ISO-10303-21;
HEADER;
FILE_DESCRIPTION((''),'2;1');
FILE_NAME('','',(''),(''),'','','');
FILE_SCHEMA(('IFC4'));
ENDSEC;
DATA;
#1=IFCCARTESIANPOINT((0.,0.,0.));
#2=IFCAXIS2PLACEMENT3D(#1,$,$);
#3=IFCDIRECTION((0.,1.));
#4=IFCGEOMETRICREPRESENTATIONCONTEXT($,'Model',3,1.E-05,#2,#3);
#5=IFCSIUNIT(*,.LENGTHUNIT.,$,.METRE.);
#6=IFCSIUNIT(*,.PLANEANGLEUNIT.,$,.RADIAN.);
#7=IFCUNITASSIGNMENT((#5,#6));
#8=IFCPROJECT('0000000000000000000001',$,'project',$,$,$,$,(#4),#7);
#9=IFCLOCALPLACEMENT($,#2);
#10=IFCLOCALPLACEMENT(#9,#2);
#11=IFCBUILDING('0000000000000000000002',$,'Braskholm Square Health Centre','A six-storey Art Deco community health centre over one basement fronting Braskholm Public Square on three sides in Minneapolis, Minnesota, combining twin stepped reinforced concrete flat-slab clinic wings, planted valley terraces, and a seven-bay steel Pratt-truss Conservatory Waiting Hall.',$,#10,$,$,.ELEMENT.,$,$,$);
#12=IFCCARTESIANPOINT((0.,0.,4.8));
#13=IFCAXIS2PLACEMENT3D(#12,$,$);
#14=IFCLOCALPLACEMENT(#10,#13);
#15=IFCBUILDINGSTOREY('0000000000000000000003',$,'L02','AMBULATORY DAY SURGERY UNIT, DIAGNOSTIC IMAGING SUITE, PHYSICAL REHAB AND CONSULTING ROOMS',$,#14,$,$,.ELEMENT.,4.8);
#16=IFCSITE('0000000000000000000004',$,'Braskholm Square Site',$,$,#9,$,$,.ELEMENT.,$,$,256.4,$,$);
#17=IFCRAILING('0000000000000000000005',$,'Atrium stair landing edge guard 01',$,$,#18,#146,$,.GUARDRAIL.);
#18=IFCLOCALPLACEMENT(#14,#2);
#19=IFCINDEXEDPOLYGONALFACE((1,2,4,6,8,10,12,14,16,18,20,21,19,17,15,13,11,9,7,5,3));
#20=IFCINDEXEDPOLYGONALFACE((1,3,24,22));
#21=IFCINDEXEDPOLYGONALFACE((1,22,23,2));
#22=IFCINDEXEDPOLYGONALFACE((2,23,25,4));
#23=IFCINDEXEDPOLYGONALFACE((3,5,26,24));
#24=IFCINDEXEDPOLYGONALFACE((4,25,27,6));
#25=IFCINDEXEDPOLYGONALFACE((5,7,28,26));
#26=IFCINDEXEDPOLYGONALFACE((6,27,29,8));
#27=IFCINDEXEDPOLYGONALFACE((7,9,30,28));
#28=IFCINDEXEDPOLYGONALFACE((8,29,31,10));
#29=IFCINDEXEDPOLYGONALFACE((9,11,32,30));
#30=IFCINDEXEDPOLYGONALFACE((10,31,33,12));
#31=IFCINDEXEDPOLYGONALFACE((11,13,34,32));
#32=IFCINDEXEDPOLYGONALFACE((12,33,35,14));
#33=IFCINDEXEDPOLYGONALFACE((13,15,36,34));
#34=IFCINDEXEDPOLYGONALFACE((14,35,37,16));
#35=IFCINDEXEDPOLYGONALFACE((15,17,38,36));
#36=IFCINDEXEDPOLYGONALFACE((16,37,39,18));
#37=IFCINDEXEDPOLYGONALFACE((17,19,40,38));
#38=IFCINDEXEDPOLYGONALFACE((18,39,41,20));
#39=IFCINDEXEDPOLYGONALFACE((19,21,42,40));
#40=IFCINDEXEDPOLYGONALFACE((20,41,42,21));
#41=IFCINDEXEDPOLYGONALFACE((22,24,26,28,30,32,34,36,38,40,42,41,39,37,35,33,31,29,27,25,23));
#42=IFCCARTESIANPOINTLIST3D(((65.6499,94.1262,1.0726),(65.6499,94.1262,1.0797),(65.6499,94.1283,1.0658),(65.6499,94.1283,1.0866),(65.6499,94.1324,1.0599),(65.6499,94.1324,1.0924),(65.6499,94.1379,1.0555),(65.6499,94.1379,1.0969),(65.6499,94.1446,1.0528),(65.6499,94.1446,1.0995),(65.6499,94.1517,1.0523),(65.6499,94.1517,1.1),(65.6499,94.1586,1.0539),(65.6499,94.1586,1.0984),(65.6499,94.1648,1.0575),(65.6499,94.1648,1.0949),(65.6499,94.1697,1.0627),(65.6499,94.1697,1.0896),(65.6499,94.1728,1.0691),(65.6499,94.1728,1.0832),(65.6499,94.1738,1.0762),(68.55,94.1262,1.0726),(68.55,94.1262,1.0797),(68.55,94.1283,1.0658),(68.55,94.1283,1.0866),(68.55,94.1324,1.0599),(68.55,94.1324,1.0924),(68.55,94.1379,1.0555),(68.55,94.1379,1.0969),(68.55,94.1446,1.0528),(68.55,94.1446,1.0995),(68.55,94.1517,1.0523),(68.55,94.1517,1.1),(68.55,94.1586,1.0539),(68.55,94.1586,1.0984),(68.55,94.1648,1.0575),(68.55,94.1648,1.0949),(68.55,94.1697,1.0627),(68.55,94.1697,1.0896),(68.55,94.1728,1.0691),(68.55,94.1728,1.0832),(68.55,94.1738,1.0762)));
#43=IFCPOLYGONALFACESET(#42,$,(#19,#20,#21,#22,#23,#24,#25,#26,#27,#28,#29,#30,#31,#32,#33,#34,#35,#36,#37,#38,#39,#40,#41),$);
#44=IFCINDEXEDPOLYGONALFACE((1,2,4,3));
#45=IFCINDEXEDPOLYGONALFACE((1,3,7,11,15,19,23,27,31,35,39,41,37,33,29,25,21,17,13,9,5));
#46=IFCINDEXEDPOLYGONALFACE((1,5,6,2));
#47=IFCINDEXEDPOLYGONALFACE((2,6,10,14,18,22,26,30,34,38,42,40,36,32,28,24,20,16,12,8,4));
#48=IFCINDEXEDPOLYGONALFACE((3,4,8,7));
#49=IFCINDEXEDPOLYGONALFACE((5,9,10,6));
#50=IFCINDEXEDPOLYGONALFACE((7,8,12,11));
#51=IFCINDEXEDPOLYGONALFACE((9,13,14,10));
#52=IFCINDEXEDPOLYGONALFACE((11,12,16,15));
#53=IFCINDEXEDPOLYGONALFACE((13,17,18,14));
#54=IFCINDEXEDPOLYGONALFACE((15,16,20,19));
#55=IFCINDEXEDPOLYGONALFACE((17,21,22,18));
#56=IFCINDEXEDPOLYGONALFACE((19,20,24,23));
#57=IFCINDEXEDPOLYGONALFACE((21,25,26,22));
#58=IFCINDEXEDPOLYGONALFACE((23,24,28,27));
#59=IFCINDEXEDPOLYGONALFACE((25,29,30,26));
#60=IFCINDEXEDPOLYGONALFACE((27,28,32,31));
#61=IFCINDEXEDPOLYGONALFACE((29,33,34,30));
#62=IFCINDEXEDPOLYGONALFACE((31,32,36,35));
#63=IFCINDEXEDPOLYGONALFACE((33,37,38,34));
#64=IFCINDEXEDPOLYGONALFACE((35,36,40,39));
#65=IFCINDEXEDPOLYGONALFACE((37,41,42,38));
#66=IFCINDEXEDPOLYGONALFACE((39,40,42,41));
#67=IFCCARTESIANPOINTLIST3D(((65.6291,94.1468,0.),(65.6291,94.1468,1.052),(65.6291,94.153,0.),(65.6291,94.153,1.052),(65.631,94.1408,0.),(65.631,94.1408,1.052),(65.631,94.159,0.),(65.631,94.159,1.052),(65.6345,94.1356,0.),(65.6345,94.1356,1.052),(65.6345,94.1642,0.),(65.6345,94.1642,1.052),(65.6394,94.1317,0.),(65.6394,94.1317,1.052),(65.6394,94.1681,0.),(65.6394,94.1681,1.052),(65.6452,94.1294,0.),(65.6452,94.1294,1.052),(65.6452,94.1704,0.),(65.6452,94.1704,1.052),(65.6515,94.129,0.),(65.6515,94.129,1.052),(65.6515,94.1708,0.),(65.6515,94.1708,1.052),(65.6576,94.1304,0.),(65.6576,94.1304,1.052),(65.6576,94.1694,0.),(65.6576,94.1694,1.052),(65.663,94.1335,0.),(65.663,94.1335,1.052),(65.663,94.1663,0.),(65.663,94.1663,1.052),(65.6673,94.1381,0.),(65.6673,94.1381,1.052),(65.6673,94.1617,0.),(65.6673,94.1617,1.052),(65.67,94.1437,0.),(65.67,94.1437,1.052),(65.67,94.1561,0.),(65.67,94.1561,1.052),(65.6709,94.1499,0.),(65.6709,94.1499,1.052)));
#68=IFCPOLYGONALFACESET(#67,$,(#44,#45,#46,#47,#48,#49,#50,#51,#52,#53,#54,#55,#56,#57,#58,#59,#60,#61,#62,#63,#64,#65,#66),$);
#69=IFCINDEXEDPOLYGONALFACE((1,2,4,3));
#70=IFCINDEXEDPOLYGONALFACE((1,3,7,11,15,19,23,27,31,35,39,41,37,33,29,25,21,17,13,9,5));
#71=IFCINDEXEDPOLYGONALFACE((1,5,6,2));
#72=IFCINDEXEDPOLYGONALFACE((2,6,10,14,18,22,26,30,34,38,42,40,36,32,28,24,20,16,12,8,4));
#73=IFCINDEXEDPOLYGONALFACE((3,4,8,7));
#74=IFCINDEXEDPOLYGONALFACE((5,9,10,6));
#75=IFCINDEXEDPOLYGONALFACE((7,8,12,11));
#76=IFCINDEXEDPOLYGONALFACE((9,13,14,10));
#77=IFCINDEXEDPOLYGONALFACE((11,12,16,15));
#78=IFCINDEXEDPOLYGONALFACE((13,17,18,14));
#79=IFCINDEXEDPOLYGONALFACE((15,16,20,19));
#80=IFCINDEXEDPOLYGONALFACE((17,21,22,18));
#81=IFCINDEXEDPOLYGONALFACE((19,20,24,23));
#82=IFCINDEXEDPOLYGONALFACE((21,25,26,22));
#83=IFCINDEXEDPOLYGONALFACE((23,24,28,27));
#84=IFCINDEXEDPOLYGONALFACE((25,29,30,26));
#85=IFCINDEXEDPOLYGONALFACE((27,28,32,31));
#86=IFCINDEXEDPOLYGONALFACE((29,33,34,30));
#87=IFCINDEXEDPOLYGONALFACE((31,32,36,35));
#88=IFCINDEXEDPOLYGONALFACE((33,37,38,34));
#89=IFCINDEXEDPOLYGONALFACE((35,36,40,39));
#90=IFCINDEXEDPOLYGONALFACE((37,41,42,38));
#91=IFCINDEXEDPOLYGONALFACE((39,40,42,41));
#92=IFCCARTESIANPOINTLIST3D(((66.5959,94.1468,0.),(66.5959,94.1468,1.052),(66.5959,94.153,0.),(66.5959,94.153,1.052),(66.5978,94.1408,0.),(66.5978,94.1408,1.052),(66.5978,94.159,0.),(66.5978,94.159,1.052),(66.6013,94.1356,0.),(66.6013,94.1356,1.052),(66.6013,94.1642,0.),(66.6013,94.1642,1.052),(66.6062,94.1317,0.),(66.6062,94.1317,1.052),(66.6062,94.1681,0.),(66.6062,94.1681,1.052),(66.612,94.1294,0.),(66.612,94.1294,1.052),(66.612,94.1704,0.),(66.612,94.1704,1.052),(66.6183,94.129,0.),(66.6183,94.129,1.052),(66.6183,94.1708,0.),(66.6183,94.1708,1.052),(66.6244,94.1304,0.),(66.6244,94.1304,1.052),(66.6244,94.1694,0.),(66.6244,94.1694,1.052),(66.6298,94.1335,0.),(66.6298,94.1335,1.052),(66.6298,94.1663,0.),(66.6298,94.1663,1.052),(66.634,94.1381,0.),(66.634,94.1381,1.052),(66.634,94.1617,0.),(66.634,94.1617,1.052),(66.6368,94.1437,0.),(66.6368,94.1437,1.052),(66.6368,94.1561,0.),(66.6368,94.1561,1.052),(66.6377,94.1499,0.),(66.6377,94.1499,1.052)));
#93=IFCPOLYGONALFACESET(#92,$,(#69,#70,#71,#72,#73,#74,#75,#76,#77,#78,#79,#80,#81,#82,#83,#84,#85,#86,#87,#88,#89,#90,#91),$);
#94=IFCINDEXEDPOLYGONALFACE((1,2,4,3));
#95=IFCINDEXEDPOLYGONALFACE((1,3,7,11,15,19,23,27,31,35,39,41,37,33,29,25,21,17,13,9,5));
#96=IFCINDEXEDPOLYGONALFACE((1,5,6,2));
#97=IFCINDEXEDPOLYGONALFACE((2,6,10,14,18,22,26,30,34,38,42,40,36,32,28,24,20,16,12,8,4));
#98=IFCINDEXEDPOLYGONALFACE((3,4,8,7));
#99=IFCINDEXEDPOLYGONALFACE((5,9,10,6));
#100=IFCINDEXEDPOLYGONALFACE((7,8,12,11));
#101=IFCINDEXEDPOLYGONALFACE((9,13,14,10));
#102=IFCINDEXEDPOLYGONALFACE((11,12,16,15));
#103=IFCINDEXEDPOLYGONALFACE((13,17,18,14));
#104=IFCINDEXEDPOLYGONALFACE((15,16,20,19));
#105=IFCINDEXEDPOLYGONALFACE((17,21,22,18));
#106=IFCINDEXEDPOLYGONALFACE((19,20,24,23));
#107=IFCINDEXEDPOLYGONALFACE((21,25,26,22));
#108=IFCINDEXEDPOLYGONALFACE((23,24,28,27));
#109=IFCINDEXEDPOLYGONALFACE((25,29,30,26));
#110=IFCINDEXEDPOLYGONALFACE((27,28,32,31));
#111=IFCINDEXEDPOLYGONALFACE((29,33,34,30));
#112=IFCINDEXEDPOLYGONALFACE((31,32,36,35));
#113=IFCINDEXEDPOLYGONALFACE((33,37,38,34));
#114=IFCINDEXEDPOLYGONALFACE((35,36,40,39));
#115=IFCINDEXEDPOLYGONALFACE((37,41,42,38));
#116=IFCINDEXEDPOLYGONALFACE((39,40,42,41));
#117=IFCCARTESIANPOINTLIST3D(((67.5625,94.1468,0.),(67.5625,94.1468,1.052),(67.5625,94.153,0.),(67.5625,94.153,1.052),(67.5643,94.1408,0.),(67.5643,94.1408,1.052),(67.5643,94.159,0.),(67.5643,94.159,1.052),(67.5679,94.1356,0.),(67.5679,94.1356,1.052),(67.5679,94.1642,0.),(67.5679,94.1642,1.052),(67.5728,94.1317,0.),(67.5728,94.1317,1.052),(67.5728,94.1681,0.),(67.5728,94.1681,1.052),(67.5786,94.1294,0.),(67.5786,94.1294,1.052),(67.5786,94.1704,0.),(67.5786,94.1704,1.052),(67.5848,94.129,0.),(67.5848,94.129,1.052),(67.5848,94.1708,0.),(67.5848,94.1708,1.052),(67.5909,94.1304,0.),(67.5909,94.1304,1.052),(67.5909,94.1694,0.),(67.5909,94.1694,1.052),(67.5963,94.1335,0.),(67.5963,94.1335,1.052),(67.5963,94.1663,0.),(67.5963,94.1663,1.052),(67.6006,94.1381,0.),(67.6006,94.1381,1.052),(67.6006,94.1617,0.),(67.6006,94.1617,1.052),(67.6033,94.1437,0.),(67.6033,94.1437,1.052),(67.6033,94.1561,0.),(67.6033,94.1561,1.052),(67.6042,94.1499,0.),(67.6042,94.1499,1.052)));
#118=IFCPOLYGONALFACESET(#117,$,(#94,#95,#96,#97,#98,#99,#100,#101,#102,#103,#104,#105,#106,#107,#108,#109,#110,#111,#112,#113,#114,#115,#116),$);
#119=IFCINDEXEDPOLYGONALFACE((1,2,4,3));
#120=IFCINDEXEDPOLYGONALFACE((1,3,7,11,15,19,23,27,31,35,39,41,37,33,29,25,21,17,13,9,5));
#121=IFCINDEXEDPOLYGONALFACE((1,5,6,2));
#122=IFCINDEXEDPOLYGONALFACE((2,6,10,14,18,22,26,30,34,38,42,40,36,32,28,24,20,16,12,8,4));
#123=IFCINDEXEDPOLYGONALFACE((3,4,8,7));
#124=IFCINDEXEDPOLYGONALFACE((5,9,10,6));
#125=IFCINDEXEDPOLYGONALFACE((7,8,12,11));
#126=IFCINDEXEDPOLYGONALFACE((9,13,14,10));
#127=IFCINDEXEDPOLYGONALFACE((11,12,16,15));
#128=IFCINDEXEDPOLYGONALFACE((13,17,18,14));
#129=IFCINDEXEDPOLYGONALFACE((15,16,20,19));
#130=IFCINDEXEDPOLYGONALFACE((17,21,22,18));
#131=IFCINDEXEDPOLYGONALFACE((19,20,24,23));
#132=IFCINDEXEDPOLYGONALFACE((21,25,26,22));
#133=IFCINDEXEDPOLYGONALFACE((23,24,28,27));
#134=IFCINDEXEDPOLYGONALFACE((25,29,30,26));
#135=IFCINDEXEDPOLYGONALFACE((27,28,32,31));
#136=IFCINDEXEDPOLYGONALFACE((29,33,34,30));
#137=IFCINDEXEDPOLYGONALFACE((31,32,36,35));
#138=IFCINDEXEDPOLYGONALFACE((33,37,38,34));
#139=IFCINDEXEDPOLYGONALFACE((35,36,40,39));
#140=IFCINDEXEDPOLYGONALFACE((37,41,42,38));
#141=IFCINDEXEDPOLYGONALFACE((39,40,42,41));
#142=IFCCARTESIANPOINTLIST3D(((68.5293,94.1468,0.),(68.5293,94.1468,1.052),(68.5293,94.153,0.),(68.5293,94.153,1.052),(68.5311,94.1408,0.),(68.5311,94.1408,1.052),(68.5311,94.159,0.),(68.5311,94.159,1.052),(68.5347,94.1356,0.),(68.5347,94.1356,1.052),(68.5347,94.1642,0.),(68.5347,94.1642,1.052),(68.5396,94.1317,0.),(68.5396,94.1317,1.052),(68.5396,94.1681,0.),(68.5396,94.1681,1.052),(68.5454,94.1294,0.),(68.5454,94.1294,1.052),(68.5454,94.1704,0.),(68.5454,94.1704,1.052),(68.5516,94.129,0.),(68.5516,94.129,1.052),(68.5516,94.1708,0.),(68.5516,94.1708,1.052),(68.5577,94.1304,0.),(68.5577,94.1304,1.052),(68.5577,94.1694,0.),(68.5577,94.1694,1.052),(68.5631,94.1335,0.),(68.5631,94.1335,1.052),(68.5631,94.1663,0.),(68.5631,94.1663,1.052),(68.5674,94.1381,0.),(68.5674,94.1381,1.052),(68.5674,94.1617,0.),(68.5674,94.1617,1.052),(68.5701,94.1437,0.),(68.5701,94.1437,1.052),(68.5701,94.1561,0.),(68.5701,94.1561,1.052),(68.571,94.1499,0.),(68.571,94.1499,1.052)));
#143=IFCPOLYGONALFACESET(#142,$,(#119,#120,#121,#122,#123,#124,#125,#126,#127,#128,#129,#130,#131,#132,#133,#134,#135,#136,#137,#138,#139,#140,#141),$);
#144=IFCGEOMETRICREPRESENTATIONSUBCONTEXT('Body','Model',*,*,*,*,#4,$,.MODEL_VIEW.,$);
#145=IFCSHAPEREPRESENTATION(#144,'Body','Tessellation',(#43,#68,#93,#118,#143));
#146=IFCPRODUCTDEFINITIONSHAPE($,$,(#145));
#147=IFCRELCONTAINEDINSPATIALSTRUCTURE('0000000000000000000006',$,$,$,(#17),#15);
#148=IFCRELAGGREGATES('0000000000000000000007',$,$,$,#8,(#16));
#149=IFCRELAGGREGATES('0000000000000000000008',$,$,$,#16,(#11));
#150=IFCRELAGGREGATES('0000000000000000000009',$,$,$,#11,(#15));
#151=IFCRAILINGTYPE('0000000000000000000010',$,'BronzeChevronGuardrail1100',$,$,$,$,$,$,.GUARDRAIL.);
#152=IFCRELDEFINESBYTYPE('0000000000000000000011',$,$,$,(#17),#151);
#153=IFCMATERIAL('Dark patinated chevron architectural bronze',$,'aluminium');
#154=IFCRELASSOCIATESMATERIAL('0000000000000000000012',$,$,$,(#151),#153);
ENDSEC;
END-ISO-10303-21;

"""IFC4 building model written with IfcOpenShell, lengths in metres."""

from ifc_helpers import new_model, si_unit, direction, frame, origin, origin_2d, place, context, subcontext, project, spatial, circle, extrude, material, type_object, element, save


model = new_model("IFC4")

# Units and contexts
model_context = context("Model", 3, precision=1e-05, world=origin(), true_north=direction((0.0, 1.0)))
body_context = subcontext(model_context, "Body", "Model", "MODEL_VIEW")
ifc_project = project(units=[si_unit("LENGTHUNIT", "METRE"), si_unit("PLANEANGLEUNIT", "RADIAN")], contexts=[model_context])

# Site, building, storey
site_placement = place(None, origin())
site = spatial("IfcSite", under=ifc_project, at=site_placement, Name="Braskholm Square Site", CompositionType="ELEMENT", RefElevation=256.4)
building_placement = place(site_placement, origin())
building = spatial("IfcBuilding", under=site, at=building_placement, Name="Braskholm Square Health Centre", Description="A six-storey Art Deco community health centre over one basement fronting Braskholm Public Square on three sides in Minneapolis, Minnesota, combining twin stepped reinforced concrete flat-slab clinic wings, planted valley terraces, and a seven-bay steel Pratt-truss Conservatory Waiting Hall.", CompositionType="ELEMENT")
storey_placement = place(building_placement, frame((0.0, 0.0, 4.8)))
storey = spatial("IfcBuildingStorey", under=building, at=storey_placement, Name="L02", Description="AMBULATORY DAY SURGERY UNIT, DIAGNOSTIC IMAGING SUITE, PHYSICAL REHAB AND CONSULTING ROOMS", CompositionType="ELEMENT", Elevation=4.8)

# Railing
ifc_material_1 = material(Name="Dark patinated chevron architectural bronze", Category="aluminium")
railing_type = type_object("IfcRailingType", Name="BronzeChevronGuardrail1100", PredefinedType="GUARDRAIL", material=ifc_material_1)
railing_1_placement = place(storey_placement, frame((65.6499, 94.1499, 0.0)))
element("IfcRailing", 1, at=railing_1_placement, inside=storey, type_object=railing_type, Name="Atrium stair landing edge guard 01", PredefinedType="GUARDRAIL", context=body_context, shape_type="SweptSolid", body=[
    extrude(circle(Radius=0.0239, at=origin_2d()), frame((0.0, 0.0, 1.0762), z_axis=(1.0, 0.0, 0.0), x_axis=(0.0, 1.0, 0.0)), (0.0, 0.0, 1.0), 2.9001),
    extrude(circle(Radius=0.021, at=origin_2d()), origin(), (0.0, 0.0, 1.0), 1.052),
    extrude(circle(Radius=0.021, at=origin_2d()), frame((0.9668, 0.0, 0.0)), (0.0, 0.0, 1.0), 1.052),
    extrude(circle(Radius=0.021, at=origin_2d()), frame((1.9333, 0.0, 0.0)), (0.0, 0.0, 1.0), 1.052),
    extrude(circle(Radius=0.021, at=origin_2d()), frame((2.9001, 0.0, 0.0)), (0.0, 0.0, 1.0), 1.052),
])

save(model, "model.ifc")
